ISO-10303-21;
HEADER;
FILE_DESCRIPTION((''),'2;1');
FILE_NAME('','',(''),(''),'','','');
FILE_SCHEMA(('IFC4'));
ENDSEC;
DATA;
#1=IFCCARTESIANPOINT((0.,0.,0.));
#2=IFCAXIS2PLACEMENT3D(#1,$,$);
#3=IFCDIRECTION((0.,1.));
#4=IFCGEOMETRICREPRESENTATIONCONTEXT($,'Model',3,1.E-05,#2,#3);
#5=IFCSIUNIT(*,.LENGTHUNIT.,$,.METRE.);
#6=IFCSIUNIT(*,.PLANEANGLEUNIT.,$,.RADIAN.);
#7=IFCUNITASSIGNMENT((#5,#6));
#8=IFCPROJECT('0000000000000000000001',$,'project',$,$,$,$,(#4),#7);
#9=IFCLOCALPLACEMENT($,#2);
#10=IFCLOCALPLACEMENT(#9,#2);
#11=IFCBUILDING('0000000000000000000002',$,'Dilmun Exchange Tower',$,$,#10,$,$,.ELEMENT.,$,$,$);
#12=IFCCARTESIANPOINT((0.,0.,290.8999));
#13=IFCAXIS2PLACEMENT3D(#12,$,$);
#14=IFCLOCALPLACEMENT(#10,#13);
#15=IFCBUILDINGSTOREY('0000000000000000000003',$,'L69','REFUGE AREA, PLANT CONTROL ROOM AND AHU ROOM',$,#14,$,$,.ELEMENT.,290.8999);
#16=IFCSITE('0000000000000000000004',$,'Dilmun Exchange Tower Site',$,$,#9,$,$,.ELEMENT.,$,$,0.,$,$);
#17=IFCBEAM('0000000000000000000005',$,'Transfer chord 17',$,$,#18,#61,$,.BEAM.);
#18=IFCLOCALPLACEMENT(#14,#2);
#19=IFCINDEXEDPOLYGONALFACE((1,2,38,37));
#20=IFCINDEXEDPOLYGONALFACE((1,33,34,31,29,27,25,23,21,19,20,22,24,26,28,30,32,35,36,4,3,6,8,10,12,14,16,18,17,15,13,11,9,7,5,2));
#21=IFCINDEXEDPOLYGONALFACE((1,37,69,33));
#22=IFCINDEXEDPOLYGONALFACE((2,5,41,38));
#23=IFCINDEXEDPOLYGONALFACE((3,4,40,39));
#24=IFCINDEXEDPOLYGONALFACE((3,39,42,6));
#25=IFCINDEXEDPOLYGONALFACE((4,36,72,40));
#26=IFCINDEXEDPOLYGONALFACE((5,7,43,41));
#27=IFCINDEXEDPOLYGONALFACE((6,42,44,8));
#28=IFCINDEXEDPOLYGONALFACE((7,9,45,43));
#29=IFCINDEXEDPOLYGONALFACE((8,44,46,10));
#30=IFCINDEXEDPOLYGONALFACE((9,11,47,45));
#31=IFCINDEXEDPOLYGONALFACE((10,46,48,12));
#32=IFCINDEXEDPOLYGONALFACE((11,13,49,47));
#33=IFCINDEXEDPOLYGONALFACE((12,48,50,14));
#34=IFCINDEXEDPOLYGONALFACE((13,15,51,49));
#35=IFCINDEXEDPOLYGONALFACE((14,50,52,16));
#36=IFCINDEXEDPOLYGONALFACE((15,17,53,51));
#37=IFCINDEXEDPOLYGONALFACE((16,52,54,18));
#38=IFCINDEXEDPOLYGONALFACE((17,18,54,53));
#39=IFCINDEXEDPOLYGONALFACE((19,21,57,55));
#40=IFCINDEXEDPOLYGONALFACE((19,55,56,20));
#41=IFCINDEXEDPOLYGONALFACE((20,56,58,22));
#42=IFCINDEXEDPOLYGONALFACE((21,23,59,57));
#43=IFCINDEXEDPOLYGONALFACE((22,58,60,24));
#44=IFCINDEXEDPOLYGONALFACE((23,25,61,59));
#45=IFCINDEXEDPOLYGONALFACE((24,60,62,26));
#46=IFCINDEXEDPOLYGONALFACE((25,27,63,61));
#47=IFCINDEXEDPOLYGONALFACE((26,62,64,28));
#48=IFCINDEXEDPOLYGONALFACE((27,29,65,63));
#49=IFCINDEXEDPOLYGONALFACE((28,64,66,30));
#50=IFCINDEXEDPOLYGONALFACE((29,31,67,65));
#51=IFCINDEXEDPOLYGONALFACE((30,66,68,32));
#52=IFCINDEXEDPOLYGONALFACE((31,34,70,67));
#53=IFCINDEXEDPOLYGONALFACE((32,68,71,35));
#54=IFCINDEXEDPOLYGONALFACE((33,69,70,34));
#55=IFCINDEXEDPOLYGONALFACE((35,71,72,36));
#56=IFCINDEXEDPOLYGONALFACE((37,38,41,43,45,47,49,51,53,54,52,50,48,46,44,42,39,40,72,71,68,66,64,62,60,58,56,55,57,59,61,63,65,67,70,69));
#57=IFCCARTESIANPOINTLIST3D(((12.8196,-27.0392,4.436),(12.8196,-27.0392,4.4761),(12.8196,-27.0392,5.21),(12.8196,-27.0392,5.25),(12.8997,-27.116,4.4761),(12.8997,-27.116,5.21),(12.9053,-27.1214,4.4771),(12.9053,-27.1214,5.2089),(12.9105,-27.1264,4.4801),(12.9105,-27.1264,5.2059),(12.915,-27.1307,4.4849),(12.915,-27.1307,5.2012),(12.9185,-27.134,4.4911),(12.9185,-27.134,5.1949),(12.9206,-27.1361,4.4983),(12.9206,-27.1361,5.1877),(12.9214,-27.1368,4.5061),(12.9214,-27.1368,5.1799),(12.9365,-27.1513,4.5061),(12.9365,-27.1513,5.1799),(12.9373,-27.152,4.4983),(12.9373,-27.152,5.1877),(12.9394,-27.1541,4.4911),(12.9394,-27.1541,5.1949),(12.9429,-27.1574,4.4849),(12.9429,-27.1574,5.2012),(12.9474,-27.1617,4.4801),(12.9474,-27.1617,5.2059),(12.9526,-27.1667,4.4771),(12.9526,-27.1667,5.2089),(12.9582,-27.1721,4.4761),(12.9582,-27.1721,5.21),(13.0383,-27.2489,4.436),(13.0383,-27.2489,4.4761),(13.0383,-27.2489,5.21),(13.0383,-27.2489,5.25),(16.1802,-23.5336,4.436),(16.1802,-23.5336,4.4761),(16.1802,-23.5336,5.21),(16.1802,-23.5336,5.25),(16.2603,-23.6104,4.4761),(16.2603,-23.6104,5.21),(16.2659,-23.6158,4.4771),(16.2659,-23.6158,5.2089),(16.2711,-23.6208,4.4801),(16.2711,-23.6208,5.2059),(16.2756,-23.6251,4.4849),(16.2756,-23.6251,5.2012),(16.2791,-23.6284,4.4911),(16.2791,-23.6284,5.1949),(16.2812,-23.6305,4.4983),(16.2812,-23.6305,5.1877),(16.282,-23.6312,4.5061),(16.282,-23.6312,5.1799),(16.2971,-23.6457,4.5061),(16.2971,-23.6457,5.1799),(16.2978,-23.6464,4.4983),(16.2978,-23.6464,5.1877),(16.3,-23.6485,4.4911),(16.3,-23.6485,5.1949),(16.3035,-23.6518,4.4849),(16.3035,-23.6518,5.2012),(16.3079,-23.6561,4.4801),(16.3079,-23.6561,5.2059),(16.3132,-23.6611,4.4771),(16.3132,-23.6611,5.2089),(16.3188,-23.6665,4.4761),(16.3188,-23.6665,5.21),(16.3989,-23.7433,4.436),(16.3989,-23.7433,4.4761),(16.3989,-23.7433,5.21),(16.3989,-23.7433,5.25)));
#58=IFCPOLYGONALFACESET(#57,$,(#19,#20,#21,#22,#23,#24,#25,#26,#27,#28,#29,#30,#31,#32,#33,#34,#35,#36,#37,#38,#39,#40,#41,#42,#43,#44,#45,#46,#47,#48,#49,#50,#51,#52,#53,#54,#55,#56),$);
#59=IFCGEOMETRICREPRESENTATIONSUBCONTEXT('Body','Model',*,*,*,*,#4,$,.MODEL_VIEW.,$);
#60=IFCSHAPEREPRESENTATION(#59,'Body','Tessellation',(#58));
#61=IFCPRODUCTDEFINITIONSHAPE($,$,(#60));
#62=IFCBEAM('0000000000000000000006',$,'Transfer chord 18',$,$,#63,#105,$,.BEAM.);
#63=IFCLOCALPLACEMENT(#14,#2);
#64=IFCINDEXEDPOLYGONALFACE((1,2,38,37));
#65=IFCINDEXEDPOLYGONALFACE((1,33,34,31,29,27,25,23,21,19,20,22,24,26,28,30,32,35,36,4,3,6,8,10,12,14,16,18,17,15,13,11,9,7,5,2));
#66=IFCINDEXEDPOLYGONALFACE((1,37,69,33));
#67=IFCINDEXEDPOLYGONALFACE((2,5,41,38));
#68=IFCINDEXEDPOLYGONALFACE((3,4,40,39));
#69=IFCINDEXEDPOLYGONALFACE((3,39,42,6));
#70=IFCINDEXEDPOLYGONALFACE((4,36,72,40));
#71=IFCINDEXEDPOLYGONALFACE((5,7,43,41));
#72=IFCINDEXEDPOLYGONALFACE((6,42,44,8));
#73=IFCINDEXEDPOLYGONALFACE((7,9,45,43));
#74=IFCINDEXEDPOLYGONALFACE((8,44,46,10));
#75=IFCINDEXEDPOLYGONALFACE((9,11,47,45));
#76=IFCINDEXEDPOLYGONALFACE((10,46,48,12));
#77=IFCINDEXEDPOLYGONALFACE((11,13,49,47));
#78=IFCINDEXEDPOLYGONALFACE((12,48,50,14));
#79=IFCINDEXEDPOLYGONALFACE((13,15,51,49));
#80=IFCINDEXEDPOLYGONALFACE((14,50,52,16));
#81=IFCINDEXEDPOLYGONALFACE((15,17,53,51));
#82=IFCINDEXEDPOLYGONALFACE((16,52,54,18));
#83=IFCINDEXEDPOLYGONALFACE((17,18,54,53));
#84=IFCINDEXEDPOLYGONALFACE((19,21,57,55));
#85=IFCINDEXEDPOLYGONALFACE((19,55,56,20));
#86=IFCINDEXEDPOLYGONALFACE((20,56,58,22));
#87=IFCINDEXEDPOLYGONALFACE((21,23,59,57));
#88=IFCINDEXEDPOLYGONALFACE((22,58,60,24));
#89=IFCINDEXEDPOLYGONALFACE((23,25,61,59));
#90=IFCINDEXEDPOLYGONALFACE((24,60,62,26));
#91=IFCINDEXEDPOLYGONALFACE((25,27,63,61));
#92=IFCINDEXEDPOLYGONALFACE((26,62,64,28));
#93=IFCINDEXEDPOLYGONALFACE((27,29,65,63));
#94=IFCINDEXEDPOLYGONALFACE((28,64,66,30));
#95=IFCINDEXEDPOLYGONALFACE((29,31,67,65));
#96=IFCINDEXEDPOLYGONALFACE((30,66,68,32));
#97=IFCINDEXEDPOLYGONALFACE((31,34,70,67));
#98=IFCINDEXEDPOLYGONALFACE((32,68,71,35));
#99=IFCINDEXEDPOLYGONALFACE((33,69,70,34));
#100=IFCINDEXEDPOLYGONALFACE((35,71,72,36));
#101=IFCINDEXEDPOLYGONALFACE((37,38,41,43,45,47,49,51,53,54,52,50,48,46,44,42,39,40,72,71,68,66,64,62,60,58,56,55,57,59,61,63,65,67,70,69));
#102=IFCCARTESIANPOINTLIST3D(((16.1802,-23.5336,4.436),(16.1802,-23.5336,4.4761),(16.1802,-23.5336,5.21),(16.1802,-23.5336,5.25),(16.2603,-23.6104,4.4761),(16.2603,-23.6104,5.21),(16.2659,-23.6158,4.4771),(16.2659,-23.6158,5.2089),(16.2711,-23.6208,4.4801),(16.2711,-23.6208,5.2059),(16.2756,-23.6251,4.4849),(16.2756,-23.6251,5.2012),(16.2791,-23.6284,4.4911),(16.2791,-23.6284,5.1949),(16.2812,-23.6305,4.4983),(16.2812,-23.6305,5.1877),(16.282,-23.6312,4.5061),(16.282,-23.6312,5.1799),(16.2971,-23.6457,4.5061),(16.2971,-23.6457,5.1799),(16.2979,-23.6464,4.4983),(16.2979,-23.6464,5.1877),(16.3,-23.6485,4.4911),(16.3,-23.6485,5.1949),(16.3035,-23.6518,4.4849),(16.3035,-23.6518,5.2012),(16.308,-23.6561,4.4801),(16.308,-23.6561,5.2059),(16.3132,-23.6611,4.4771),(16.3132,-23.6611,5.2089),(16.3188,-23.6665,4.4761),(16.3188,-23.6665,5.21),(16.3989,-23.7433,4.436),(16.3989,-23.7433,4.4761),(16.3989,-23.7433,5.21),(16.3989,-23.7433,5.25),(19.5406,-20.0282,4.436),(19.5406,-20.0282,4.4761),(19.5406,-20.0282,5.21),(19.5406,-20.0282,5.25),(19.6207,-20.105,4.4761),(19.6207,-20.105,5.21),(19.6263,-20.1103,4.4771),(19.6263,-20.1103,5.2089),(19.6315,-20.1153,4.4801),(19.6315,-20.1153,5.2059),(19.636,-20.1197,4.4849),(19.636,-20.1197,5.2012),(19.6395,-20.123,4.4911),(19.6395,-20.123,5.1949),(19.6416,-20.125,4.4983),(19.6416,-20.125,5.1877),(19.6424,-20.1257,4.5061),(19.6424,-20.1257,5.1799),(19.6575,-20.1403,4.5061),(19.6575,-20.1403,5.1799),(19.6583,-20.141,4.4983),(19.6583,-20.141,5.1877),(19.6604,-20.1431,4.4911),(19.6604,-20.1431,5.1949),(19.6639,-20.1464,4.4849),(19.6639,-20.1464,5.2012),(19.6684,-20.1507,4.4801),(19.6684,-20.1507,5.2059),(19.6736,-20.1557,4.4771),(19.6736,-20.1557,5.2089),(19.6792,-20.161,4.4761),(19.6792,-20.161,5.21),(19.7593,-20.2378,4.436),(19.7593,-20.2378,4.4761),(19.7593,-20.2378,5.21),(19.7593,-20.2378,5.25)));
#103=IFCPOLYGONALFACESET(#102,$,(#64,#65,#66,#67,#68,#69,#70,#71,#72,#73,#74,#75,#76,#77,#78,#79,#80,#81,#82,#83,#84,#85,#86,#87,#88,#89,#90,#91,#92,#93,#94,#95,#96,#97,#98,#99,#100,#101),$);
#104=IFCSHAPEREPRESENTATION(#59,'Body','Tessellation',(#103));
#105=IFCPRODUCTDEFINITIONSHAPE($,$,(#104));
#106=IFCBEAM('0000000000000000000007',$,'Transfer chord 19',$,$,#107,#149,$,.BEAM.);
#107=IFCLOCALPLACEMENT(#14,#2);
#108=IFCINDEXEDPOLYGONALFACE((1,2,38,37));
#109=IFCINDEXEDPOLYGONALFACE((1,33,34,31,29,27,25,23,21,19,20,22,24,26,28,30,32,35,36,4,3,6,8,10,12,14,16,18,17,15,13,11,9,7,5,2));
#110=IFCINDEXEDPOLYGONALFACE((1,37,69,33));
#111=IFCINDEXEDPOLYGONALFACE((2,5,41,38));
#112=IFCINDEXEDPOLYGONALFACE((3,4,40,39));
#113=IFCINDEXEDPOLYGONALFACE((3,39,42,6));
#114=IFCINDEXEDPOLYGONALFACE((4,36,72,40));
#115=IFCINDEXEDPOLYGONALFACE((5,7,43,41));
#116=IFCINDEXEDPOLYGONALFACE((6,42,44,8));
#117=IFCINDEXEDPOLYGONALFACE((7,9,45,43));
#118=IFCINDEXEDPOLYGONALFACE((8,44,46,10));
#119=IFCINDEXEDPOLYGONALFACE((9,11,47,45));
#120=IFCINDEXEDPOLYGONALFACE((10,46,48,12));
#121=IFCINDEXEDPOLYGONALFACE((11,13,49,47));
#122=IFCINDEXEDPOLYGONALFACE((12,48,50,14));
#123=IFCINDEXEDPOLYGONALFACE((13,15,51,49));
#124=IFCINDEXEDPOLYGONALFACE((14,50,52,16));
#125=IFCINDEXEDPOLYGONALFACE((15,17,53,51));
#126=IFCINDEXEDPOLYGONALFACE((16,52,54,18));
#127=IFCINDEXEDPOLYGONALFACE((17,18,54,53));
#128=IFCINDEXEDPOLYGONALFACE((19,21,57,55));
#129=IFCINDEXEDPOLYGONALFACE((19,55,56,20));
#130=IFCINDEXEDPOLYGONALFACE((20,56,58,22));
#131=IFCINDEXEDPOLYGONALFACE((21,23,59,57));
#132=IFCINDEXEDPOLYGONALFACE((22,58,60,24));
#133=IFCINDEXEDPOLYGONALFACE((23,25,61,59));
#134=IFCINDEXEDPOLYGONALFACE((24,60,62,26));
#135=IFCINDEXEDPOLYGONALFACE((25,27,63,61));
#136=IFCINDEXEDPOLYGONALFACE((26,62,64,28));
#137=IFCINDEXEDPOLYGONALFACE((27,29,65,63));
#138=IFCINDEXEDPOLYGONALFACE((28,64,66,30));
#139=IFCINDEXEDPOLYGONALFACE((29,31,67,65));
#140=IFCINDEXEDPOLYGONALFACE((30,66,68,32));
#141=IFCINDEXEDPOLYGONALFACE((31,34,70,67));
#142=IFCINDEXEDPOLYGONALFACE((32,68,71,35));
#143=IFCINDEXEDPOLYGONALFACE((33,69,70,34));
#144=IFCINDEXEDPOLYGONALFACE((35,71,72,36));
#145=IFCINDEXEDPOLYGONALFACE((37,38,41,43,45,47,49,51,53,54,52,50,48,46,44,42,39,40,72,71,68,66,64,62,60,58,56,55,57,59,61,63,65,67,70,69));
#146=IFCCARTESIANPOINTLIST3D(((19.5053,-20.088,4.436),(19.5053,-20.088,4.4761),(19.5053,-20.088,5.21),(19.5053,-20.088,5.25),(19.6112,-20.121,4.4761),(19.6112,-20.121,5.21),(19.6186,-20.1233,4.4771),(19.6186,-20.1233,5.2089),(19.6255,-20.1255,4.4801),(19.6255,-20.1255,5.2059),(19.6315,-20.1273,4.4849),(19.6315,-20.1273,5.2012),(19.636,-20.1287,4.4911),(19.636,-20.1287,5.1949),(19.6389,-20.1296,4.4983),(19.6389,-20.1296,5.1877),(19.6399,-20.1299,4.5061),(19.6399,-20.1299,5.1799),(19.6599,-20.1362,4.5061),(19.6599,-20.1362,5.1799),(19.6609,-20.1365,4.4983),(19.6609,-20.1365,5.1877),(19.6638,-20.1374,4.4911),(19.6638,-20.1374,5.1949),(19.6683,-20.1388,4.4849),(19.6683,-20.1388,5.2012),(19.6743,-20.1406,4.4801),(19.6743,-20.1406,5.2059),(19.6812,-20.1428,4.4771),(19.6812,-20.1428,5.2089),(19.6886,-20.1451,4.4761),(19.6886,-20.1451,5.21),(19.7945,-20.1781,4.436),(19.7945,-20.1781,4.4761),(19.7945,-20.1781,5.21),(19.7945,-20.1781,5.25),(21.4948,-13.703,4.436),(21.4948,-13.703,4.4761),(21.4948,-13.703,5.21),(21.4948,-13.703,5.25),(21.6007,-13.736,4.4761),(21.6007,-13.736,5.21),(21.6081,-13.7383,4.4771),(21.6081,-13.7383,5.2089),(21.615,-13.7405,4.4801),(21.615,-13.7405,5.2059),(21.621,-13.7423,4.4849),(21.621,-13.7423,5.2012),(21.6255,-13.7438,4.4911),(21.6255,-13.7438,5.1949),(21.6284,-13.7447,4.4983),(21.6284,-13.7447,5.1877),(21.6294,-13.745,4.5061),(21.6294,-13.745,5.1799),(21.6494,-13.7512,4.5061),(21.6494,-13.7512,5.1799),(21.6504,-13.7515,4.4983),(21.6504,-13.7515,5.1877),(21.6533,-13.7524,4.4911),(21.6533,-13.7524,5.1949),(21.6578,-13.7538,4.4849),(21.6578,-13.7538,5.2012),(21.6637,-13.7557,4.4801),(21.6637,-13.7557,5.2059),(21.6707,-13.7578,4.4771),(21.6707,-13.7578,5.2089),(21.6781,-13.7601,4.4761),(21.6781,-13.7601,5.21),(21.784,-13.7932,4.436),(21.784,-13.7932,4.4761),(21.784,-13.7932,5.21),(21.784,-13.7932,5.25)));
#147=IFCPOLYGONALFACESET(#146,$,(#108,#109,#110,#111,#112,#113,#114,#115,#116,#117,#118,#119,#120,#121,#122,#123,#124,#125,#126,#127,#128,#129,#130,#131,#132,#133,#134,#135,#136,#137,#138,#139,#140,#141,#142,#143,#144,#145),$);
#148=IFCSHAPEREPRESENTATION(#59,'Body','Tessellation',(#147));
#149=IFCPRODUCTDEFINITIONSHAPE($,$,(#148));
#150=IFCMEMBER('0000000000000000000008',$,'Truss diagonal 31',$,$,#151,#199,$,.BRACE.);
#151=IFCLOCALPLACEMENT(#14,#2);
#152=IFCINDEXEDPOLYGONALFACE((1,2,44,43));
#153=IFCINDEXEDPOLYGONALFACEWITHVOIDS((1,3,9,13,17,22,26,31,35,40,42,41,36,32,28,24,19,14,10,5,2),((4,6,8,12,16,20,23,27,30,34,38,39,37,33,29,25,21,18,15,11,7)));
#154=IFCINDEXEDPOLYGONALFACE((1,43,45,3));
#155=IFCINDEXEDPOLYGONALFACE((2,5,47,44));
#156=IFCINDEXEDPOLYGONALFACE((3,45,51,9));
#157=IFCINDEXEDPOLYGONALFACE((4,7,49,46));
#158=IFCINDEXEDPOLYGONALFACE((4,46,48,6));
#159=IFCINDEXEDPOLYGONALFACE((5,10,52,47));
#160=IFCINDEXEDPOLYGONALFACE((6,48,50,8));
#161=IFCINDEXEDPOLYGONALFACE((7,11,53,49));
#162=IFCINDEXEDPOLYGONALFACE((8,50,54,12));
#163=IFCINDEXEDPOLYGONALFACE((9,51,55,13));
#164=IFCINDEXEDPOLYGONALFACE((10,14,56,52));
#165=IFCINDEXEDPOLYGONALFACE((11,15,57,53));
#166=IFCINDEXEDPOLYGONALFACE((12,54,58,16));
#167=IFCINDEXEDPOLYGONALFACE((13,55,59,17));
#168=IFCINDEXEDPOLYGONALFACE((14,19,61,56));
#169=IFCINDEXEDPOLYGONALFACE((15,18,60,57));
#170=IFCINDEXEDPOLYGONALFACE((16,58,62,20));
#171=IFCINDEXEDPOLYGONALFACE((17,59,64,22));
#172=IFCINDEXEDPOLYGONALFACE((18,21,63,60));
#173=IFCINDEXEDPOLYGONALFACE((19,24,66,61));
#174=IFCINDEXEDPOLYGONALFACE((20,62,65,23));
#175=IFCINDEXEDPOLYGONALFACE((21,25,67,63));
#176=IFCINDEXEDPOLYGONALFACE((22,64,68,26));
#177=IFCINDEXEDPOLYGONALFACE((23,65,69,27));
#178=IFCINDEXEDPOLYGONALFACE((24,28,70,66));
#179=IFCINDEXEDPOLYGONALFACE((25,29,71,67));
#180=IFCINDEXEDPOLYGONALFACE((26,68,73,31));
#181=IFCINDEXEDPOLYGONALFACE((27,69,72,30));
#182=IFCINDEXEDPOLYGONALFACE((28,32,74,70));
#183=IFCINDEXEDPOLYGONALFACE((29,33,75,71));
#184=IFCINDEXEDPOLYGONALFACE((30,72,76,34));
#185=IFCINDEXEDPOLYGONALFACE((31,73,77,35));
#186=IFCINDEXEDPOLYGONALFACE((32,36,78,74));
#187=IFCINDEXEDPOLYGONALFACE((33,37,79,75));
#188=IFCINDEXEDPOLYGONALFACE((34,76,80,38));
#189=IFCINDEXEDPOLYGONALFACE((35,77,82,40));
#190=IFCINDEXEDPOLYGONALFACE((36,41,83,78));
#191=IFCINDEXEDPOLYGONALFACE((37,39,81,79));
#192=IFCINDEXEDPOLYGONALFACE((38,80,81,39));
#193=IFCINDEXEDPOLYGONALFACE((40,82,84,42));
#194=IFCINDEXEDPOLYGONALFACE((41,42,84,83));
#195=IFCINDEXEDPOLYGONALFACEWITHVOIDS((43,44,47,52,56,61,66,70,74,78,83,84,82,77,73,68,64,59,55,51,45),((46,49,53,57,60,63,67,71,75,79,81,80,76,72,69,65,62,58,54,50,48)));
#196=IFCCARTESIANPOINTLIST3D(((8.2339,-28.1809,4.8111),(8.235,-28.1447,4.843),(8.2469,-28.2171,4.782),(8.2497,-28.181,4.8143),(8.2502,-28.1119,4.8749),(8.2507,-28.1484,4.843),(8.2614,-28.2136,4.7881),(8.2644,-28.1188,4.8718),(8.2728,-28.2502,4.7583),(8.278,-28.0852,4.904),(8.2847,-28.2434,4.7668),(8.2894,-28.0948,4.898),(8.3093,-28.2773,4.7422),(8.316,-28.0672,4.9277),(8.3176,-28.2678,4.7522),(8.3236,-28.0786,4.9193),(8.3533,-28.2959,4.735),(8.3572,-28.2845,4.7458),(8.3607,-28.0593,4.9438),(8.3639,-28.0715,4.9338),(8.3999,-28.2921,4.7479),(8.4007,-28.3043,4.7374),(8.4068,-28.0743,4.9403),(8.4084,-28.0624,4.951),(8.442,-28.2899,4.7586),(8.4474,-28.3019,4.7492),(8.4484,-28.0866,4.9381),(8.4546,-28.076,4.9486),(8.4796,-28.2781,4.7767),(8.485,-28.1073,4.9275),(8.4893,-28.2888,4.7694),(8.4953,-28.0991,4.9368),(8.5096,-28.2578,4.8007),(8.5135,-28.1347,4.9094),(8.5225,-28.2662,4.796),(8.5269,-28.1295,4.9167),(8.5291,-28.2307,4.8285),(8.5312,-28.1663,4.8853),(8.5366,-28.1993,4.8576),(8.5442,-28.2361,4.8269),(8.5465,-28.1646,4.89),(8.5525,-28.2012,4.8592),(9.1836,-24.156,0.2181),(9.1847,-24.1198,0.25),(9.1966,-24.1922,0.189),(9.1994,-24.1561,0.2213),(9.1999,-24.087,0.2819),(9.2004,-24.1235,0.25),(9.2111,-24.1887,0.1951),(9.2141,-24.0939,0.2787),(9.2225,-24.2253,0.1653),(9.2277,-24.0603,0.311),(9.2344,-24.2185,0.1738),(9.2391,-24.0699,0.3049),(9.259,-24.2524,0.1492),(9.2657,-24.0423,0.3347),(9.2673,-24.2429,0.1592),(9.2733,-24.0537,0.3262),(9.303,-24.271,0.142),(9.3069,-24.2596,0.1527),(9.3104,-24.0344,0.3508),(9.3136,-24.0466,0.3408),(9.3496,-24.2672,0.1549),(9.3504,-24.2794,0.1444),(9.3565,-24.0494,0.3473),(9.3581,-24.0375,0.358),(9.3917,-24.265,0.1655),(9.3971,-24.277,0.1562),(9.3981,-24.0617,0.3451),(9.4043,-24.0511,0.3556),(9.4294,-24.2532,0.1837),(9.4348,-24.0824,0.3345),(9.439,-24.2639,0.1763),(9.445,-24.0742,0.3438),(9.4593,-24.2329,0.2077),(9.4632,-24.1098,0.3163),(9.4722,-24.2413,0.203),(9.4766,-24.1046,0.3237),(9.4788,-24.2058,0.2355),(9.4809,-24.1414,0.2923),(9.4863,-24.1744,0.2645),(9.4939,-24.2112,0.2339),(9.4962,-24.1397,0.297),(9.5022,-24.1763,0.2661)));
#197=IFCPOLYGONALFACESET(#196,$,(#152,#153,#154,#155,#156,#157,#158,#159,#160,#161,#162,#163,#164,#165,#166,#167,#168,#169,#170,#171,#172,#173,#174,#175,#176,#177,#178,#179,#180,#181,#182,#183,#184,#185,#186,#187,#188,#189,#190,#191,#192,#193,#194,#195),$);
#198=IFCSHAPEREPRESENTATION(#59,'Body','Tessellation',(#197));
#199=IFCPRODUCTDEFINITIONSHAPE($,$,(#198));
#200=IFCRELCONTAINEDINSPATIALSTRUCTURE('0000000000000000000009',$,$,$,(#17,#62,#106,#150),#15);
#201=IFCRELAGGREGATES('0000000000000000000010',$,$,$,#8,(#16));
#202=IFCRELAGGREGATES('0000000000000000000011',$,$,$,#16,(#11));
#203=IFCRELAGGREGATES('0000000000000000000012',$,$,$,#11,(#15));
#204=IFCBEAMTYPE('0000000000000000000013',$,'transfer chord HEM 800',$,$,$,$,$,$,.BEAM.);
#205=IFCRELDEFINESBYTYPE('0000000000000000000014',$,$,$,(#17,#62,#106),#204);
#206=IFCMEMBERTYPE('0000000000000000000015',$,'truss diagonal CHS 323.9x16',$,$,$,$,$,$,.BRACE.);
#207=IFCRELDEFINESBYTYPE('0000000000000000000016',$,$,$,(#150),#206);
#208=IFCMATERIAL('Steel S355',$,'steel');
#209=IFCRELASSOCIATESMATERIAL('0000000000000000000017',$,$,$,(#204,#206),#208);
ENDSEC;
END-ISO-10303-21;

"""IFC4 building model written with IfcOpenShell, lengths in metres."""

from ifc_helpers import new_model, si_unit, direction, frame, origin, origin_2d, place, context, subcontext, project, spatial, hollow_circle, i_section, extrude, material, material_profile, profile_set, type_object, element, save


model = new_model("IFC4")

# Units and contexts
model_context = context("Model", 3, precision=1e-05, world=origin(), true_north=direction((0.0, 1.0)))
body_context = subcontext(model_context, "Body", "Model", "MODEL_VIEW")
ifc_project = project(units=[si_unit("LENGTHUNIT", "METRE"), si_unit("PLANEANGLEUNIT", "RADIAN")], contexts=[model_context])

# Site, building, storey
site_placement = place(None, origin())
site = spatial("IfcSite", under=ifc_project, at=site_placement, Name="Dilmun Exchange Tower Site", CompositionType="ELEMENT", RefElevation=0.0)
building_placement = place(site_placement, origin())
building = spatial("IfcBuilding", under=site, at=building_placement, Name="Dilmun Exchange Tower", CompositionType="ELEMENT")
storey_placement = place(building_placement, frame((0.0, 0.0, 290.8999)))
storey = spatial("IfcBuildingStorey", under=building, at=storey_placement, Name="L69", Description="REFUGE AREA, PLANT CONTROL ROOM AND AHU ROOM", CompositionType="ELEMENT", Elevation=290.8999)

# Shared definitions
ifc_material_1 = material(Name="Steel S355", Category="steel")

# Beams
ifc_material_profile_1 = material_profile(ifc_material_1, i_section(OverallWidth=0.303, OverallDepth=0.814, WebThickness=0.021, FlangeThickness=0.04, FilletRadius=0.03, at=origin_2d()), Name="HEM 800")
ifc_profile_set_1 = profile_set([ifc_material_profile_1], Name="Steel S355")
beam_type_1 = type_object("IfcBeamType", Name="transfer chord HEM 800", PredefinedType="BEAM", material=ifc_profile_set_1)
beam_1_placement = place(storey_placement, frame((12.929, -27.144, 4.843), z_axis=(0.692018, 0.72188, 0.0), x_axis=(-0.72188, 0.692018, 0.0)))
element("IfcBeam", 1, at=beam_1_placement, inside=storey, type_object=beam_type_1, Name="Transfer chord 17", PredefinedType="BEAM", context=body_context, shape_type="SweptSolid", body=[
    extrude(i_section(OverallWidth=0.303, OverallDepth=0.814, WebThickness=0.021, FlangeThickness=0.04, FilletRadius=0.03, at=origin_2d()), origin(), (0.0, 0.0, 1.0), 4.8562),
])
beam_2_placement = place(storey_placement, frame((16.2896, -23.6384, 4.843), z_axis=(0.692017, 0.721881, 0.0), x_axis=(-0.721881, 0.692017, 0.0)))
element("IfcBeam", 2, at=beam_2_placement, inside=storey, type_object=beam_type_1, Name="Transfer chord 18", PredefinedType="BEAM", context=body_context, shape_type="SweptSolid", body=[
    extrude(i_section(OverallWidth=0.303, OverallDepth=0.814, WebThickness=0.021, FlangeThickness=0.04, FilletRadius=0.03, at=origin_2d()), origin(), (0.0, 0.0, 1.0), 4.856),
])
beam_3_placement = place(storey_placement, frame((19.6499, -20.1331, 4.843), z_axis=(0.297483, 0.954727, 0.0), x_axis=(-0.954727, 0.297483, 0.0)))
element("IfcBeam", 3, at=beam_3_placement, inside=storey, type_object=beam_type_1, Name="Transfer chord 19", PredefinedType="BEAM", context=body_context, shape_type="SweptSolid", body=[
    extrude(i_section(OverallWidth=0.303, OverallDepth=0.814, WebThickness=0.021, FlangeThickness=0.04, FilletRadius=0.03, at=origin_2d()), origin(), (0.0, 0.0, 1.0), 6.6877),
])

# Member
ifc_material_profile_2 = material_profile(ifc_material_1, hollow_circle(Radius=0.1619, WallThickness=0.0161, at=origin_2d()), Name="CHS 323.9x16")
ifc_profile_set_2 = profile_set([ifc_material_profile_2], Name="Steel S355")
member_type_1 = type_object("IfcMemberType", Name="truss diagonal CHS 323.9x16", PredefinedType="BRACE", material=ifc_profile_set_2)
member_1_placement = place(storey_placement, frame((8.3926, -28.1819, 4.843), z_axis=(0.153664, 0.651234, -0.743156), x_axis=(-0.973273, 0.229651, 0.0)))
element("IfcMember", 4, at=member_1_placement, inside=storey, type_object=member_type_1, Name="Truss diagonal 31", PredefinedType="BRACE", context=body_context, shape_type="SweptSolid", body=[
    extrude(hollow_circle(Radius=0.1619, WallThickness=0.0161, at=origin_2d()), origin(), (0.0, 0.0, 1.0), 6.1804),
])

save(model, "model.ifc")
